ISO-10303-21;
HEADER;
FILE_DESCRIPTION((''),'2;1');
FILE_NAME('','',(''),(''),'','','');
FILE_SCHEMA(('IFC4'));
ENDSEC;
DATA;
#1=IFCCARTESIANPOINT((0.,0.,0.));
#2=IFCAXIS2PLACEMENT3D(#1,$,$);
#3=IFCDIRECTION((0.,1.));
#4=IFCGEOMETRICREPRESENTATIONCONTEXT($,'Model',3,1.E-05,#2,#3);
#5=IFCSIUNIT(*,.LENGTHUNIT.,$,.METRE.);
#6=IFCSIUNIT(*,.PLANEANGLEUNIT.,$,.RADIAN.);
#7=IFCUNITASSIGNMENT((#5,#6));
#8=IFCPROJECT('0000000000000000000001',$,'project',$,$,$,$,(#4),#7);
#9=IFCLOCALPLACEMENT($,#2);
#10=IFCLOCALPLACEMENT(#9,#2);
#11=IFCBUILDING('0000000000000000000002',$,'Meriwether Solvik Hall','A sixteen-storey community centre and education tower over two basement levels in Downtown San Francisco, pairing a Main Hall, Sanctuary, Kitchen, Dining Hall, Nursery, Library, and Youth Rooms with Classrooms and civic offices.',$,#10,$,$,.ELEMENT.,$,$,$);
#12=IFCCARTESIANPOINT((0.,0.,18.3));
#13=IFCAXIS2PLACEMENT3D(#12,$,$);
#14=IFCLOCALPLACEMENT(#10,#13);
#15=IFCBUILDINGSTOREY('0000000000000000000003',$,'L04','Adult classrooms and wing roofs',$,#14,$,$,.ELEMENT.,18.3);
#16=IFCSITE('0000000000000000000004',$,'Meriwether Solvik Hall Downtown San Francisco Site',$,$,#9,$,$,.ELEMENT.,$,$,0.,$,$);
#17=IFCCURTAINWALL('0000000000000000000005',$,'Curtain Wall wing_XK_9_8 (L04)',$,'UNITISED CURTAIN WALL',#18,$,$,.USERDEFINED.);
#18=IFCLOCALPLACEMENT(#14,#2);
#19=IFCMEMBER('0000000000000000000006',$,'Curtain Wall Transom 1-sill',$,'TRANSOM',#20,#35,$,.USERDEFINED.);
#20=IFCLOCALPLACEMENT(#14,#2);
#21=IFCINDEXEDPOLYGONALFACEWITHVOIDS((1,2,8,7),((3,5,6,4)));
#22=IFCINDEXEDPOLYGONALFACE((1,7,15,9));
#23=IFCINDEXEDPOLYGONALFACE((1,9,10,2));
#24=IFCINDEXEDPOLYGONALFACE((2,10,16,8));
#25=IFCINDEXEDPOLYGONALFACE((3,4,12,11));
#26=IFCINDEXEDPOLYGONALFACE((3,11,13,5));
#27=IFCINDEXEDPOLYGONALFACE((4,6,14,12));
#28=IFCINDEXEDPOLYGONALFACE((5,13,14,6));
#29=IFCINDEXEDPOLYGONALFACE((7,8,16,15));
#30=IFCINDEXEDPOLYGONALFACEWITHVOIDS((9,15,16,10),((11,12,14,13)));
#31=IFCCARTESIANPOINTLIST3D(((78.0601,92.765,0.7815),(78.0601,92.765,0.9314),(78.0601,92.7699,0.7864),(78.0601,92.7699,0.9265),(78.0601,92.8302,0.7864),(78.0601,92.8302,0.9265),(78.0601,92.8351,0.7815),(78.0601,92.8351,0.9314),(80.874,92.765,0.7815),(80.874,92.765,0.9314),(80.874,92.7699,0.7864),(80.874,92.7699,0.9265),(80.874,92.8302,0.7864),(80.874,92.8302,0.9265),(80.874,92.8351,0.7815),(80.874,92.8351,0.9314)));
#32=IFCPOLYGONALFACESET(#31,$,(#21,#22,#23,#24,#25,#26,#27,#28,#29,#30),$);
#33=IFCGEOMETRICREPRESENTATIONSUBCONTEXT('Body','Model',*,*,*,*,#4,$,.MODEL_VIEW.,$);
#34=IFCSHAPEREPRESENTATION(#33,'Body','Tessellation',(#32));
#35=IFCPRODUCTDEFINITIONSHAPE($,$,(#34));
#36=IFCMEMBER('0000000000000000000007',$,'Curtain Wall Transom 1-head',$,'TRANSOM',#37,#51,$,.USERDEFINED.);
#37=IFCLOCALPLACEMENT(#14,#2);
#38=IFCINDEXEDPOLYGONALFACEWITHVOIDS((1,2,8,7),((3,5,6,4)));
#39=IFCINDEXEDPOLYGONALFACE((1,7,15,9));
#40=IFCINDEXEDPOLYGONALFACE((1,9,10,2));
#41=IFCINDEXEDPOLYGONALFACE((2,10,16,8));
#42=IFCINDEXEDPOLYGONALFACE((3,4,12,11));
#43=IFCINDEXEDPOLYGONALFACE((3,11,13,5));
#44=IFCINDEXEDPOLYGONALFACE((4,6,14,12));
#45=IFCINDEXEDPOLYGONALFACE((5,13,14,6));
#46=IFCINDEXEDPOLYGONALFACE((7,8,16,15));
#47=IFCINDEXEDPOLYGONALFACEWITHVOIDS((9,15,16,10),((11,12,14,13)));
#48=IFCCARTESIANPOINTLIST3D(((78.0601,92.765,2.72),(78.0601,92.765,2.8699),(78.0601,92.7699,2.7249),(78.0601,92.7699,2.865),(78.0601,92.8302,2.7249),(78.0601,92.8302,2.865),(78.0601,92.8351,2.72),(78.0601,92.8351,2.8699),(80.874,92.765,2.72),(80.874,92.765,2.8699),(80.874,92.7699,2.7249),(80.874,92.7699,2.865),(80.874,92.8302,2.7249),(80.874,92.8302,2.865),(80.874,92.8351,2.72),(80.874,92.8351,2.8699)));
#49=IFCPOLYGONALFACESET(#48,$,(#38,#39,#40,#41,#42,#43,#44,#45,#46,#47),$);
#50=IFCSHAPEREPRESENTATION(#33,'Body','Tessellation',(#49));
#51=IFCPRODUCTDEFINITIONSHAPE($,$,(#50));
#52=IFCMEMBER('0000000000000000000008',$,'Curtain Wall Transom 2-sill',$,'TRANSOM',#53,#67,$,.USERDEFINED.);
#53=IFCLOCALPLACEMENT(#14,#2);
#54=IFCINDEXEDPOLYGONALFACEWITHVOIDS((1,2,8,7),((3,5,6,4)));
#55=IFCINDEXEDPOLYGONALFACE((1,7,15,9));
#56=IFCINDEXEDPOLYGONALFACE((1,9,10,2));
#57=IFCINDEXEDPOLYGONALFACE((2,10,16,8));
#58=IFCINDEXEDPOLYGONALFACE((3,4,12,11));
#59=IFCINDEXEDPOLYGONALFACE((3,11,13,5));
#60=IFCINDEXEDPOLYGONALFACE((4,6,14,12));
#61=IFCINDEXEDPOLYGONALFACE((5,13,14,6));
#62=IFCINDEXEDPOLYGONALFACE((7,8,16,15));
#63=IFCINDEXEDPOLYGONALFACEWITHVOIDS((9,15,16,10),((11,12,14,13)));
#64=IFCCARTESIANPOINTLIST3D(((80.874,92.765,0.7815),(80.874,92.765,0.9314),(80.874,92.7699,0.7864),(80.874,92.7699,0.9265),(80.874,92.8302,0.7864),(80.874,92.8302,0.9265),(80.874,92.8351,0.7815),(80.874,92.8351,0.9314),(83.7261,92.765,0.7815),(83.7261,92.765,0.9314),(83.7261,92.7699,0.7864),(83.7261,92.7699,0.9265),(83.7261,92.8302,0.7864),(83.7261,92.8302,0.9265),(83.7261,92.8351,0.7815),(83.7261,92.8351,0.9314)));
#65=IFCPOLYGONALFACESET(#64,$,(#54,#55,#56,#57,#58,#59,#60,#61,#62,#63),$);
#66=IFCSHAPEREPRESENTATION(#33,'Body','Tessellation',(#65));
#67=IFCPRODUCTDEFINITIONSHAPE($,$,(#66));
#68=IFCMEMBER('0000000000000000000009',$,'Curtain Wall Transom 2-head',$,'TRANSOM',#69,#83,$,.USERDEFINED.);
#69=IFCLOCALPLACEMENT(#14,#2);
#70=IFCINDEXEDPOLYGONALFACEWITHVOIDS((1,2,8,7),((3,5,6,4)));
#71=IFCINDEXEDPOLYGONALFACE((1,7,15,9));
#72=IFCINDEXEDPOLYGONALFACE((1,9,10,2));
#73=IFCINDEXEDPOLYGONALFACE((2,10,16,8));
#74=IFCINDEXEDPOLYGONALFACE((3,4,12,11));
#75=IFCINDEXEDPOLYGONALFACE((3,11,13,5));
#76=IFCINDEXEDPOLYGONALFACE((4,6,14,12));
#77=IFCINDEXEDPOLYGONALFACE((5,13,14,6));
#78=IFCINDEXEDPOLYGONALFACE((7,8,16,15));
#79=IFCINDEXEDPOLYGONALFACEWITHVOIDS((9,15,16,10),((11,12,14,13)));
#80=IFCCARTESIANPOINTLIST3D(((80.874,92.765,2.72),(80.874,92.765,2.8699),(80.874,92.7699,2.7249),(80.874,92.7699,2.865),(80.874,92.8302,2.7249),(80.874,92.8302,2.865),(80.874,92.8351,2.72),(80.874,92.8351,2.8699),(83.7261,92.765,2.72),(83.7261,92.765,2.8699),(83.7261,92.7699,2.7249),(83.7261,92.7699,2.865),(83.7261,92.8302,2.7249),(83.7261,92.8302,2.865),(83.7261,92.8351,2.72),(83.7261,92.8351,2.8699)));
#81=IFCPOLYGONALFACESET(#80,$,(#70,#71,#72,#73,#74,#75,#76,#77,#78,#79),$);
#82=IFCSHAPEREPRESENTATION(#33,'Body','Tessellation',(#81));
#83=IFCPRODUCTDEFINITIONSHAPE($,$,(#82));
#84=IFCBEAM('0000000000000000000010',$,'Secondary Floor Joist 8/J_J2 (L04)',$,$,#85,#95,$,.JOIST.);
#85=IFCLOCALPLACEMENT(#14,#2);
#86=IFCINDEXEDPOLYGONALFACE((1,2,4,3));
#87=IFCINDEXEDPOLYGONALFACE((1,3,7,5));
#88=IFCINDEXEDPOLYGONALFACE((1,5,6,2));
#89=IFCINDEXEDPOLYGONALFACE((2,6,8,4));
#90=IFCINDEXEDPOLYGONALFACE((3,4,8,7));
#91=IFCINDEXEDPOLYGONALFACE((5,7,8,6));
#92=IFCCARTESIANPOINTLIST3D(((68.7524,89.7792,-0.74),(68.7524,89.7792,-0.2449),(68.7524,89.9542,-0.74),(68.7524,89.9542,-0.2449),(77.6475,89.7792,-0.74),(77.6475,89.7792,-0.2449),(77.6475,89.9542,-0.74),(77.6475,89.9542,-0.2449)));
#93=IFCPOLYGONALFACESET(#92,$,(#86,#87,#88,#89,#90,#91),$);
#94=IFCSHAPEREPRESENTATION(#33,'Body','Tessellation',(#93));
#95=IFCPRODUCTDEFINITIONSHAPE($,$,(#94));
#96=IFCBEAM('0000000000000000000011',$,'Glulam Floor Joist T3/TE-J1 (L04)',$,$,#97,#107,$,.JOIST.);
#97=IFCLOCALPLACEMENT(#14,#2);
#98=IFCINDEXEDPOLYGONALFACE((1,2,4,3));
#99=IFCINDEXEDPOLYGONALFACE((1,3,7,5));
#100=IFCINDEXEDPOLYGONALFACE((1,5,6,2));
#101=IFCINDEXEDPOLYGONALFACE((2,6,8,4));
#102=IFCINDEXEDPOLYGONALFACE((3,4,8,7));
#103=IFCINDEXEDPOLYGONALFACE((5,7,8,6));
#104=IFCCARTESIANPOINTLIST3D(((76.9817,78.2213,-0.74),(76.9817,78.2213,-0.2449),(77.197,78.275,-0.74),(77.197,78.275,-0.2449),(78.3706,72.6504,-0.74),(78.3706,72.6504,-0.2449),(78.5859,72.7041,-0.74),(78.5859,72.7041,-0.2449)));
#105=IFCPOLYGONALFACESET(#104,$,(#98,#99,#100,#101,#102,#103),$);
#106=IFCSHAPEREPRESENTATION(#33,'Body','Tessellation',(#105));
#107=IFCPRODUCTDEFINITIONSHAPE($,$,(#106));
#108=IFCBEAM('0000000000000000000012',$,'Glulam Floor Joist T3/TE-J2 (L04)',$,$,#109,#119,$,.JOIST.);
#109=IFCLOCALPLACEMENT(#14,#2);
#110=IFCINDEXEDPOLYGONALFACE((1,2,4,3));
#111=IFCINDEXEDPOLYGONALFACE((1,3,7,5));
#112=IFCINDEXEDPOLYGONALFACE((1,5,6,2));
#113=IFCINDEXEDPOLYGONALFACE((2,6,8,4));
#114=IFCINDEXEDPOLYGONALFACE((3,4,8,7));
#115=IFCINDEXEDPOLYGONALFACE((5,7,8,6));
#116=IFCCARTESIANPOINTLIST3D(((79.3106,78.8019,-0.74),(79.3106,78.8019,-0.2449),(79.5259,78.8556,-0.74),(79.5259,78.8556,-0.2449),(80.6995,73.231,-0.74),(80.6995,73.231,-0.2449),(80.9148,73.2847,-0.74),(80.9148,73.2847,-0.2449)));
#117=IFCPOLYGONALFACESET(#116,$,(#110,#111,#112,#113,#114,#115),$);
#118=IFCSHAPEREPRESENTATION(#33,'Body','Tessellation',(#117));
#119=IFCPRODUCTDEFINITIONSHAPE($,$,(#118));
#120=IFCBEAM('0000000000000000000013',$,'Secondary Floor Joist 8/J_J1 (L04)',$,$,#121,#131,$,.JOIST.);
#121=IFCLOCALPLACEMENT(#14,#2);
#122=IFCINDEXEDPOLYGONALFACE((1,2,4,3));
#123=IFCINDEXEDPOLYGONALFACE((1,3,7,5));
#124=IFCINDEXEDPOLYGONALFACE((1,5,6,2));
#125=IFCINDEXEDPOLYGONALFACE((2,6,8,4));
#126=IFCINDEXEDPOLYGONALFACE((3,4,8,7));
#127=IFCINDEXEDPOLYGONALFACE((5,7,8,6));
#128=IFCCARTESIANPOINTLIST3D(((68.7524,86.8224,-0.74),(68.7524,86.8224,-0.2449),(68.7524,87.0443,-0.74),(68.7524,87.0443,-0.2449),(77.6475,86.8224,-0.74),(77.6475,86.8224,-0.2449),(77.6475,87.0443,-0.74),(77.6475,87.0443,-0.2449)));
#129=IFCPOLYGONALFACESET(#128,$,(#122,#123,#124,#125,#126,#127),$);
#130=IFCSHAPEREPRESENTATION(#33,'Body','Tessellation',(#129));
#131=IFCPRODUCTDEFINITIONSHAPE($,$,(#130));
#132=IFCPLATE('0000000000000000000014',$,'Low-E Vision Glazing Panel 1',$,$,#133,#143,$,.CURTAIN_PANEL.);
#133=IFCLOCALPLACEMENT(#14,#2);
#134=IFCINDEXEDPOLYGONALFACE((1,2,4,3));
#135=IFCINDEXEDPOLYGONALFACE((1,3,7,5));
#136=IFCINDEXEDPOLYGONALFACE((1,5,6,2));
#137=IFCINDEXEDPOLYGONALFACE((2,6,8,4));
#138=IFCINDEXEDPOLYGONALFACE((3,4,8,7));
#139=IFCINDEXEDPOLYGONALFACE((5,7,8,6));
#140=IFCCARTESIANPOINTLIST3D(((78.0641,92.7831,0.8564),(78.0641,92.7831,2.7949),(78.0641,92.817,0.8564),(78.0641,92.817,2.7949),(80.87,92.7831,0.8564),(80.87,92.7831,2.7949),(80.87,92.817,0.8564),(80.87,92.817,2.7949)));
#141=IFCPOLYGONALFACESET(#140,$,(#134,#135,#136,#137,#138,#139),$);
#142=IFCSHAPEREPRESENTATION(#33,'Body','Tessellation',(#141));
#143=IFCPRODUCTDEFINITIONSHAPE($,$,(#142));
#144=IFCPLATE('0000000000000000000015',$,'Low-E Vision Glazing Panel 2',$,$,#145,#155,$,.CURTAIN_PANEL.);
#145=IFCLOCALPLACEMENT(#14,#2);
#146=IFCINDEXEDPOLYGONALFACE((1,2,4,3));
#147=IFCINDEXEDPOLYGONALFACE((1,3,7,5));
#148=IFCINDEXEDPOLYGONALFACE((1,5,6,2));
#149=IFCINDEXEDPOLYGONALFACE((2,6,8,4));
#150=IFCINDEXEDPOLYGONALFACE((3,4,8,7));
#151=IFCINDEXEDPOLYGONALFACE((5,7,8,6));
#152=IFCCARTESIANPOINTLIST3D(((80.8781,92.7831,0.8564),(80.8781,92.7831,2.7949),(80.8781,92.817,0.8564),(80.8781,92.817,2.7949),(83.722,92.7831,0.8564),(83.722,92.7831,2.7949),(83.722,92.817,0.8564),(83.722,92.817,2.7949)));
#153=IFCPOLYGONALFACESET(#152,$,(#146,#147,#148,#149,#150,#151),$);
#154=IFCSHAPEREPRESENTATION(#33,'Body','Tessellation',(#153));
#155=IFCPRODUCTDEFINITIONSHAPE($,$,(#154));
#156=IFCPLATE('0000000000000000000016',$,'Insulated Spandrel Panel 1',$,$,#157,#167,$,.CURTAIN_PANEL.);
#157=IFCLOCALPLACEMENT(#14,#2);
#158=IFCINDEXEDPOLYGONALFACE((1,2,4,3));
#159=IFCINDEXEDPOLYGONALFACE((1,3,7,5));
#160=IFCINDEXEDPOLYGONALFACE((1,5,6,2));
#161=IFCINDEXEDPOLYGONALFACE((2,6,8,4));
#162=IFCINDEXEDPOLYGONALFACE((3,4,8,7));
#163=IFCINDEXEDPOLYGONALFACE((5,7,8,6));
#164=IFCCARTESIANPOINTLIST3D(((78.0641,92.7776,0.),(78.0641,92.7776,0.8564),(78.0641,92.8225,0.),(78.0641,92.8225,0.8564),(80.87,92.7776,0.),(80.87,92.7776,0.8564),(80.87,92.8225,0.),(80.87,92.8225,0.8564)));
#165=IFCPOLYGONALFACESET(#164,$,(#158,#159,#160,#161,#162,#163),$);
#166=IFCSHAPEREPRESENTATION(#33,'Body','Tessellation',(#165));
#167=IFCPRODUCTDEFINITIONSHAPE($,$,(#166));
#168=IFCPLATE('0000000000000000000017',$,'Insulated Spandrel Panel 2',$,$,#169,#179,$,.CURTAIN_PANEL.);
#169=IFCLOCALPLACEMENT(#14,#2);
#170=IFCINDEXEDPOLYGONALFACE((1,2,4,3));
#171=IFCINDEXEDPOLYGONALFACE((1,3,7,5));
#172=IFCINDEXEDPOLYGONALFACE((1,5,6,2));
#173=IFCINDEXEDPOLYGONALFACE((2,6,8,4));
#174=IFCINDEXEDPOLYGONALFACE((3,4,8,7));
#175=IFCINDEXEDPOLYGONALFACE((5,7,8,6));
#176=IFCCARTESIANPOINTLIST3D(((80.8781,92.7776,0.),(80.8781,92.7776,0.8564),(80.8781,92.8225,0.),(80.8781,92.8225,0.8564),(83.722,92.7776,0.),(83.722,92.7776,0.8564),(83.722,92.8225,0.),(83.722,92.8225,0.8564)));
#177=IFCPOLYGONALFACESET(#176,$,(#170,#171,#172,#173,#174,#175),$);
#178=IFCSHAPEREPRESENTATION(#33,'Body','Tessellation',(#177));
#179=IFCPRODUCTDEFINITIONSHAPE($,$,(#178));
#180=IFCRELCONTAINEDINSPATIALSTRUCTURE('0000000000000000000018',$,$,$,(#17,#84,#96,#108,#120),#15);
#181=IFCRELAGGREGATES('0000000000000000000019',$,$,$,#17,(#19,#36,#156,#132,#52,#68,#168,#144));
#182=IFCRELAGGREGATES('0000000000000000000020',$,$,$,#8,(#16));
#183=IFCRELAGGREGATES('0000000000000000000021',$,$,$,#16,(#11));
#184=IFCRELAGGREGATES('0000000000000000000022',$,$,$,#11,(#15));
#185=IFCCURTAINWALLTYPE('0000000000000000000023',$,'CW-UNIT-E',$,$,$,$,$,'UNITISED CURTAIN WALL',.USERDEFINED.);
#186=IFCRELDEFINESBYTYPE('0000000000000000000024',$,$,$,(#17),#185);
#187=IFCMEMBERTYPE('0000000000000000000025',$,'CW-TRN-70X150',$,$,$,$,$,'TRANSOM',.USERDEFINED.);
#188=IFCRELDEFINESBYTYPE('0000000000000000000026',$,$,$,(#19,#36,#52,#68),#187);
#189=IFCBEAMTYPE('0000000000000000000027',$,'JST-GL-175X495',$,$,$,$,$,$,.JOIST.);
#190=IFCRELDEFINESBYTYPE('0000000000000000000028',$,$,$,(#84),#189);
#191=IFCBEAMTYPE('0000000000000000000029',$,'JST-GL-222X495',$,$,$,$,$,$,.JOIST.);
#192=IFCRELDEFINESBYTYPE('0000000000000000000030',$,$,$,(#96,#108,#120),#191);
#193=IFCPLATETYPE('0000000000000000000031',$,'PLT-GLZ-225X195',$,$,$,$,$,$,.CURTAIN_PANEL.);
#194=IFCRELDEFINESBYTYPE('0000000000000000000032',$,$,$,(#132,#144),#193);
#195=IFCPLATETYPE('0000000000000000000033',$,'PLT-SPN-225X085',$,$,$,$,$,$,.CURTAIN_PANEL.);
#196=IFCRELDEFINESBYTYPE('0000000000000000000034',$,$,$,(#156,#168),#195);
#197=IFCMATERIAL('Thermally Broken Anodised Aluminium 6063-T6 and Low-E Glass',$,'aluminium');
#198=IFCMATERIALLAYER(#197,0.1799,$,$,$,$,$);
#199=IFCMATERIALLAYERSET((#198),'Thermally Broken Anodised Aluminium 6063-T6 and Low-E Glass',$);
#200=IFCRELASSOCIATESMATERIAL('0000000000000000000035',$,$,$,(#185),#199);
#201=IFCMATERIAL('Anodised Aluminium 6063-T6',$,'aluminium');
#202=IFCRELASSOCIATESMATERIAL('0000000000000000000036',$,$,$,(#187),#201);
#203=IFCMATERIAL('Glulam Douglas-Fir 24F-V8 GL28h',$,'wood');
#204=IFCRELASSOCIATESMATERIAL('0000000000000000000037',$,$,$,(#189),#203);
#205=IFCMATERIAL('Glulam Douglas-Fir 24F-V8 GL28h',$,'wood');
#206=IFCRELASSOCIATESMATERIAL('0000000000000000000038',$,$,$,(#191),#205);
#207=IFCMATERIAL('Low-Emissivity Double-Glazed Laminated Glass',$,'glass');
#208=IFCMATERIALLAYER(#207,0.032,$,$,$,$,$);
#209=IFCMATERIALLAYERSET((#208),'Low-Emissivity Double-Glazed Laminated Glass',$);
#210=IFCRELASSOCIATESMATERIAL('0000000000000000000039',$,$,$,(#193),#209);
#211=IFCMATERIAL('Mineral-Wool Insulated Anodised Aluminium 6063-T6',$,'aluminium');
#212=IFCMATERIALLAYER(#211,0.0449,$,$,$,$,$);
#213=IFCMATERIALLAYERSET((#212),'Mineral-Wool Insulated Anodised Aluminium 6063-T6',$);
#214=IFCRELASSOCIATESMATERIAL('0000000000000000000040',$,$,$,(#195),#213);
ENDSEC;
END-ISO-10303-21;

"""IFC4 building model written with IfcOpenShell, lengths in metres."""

from ifc_helpers import new_model, si_unit, direction, frame, origin, origin_2d, place, context, subcontext, project, spatial, rectangle, hollow_rectangle, extrude, material, layer, layer_set, material_profile, profile_set, type_object, element, aggregate, save


model = new_model("IFC4")

# Units and contexts
model_context = context("Model", 3, precision=1e-05, world=origin(), true_north=direction((0.0, 1.0)))
body_context = subcontext(model_context, "Body", "Model", "MODEL_VIEW")
ifc_project = project(units=[si_unit("LENGTHUNIT", "METRE"), si_unit("PLANEANGLEUNIT", "RADIAN")], contexts=[model_context])

# Site, building, storey
site_placement = place(None, origin())
site = spatial("IfcSite", under=ifc_project, at=site_placement, Name="Meriwether Solvik Hall Downtown San Francisco Site", CompositionType="ELEMENT", RefElevation=0.0)
building_placement = place(site_placement, origin())
building = spatial("IfcBuilding", under=site, at=building_placement, Name="Meriwether Solvik Hall", Description="A sixteen-storey community centre and education tower over two basement levels in Downtown San Francisco, pairing a Main Hall, Sanctuary, Kitchen, Dining Hall, Nursery, Library, and Youth Rooms with Classrooms and civic offices.", CompositionType="ELEMENT")
storey_placement = place(building_placement, frame((0.0, 0.0, 18.3)))
storey = spatial("IfcBuildingStorey", under=building, at=storey_placement, Name="L04", Description="Adult classrooms and wing roofs", CompositionType="ELEMENT", Elevation=18.3)

# Curtain wall, members
ifc_material_1 = material(Name="Thermally Broken Anodised Aluminium 6063-T6 and Low-E Glass", Category="aluminium")
ifc_layer_1 = layer(ifc_material_1, 0.1799)
ifc_layer_set_1 = layer_set([ifc_layer_1], Name="Thermally Broken Anodised Aluminium 6063-T6 and Low-E Glass")
curtain_wall_type = type_object("IfcCurtainWallType", Name="CW-UNIT-E", ElementType="UNITISED CURTAIN WALL", PredefinedType="USERDEFINED", material=ifc_layer_set_1)
curtain_wall_placement = place(storey_placement, origin())
curtain_wall = element("IfcCurtainWall", 1, at=curtain_wall_placement, inside=storey, type_object=curtain_wall_type, Name="Curtain Wall wing_XK_9_8 (L04)", ObjectType="UNITISED CURTAIN WALL", PredefinedType="USERDEFINED")
ifc_material_2 = material(Name="Anodised Aluminium 6063-T6", Category="aluminium")
ifc_material_profile_1 = material_profile(ifc_material_2, hollow_rectangle(XDim=0.0701, YDim=0.1499, WallThickness=0.0049, at=origin_2d()), Name="CWT-70X150")
ifc_profile_set_1 = profile_set([ifc_material_profile_1], Name="Anodised Aluminium 6063-T6")
member_type_1 = type_object("IfcMemberType", Name="CW-TRN-70X150", ElementType="TRANSOM", PredefinedType="USERDEFINED", material=ifc_profile_set_1)
member_1_placement = place(storey_placement, frame((78.0601, 92.8, 0.8564), z_axis=(1.0, 0.0, 0.0), x_axis=(0.0, 1.0, 0.0)))
member_1 = element("IfcMember", 2, at=member_1_placement, type_object=member_type_1, Name="Curtain Wall Transom 1-sill", ObjectType="TRANSOM", PredefinedType="USERDEFINED", context=body_context, shape_type="SweptSolid", body=[
    extrude(hollow_rectangle(XDim=0.0701, YDim=0.1499, WallThickness=0.0049, at=origin_2d()), origin(), (0.0, 0.0, 1.0), 2.814),
])
member_2_placement = place(storey_placement, frame((78.0601, 92.8, 2.7949), z_axis=(1.0, 0.0, 0.0), x_axis=(0.0, 1.0, 0.0)))
member_2 = element("IfcMember", 3, at=member_2_placement, type_object=member_type_1, Name="Curtain Wall Transom 1-head", ObjectType="TRANSOM", PredefinedType="USERDEFINED", context=body_context, shape_type="SweptSolid", body=[
    extrude(hollow_rectangle(XDim=0.0701, YDim=0.1499, WallThickness=0.0049, at=origin_2d()), origin(), (0.0, 0.0, 1.0), 2.814),
])
member_3_placement = place(storey_placement, frame((80.874, 92.8, 0.8564), z_axis=(1.0, 0.0, 0.0), x_axis=(0.0, 1.0, 0.0)))
member_3 = element("IfcMember", 4, at=member_3_placement, type_object=member_type_1, Name="Curtain Wall Transom 2-sill", ObjectType="TRANSOM", PredefinedType="USERDEFINED", context=body_context, shape_type="SweptSolid", body=[
    extrude(hollow_rectangle(XDim=0.0701, YDim=0.1499, WallThickness=0.0049, at=origin_2d()), origin(), (0.0, 0.0, 1.0), 2.8521),
])
member_4_placement = place(storey_placement, frame((80.874, 92.8, 2.7949), z_axis=(1.0, 0.0, 0.0), x_axis=(0.0, 1.0, 0.0)))
member_4 = element("IfcMember", 5, at=member_4_placement, type_object=member_type_1, Name="Curtain Wall Transom 2-head", ObjectType="TRANSOM", PredefinedType="USERDEFINED", context=body_context, shape_type="SweptSolid", body=[
    extrude(hollow_rectangle(XDim=0.0701, YDim=0.1499, WallThickness=0.0049, at=origin_2d()), origin(), (0.0, 0.0, 1.0), 2.8521),
])

# Beams
ifc_material_3 = material(Name="Glulam Douglas-Fir 24F-V8 GL28h", Category="wood")
ifc_material_profile_2 = material_profile(ifc_material_3, rectangle(XDim=0.175, YDim=0.4951, at=origin_2d()), Name="GLJ-175X495")
ifc_profile_set_2 = profile_set([ifc_material_profile_2], Name="Glulam Douglas-Fir 24F-V8 GL28h")
beam_type_1 = type_object("IfcBeamType", Name="JST-GL-175X495", PredefinedType="JOIST", material=ifc_profile_set_2)
beam_1_placement = place(storey_placement, frame((68.7524, 89.8667, -0.4924), z_axis=(1.0, 0.0, 0.0), x_axis=(0.0, 1.0, 0.0)))
element("IfcBeam", 6, at=beam_1_placement, inside=storey, type_object=beam_type_1, Name="Secondary Floor Joist 8/J_J2 (L04)", PredefinedType="JOIST", context=body_context, shape_type="SweptSolid", body=[
    extrude(rectangle(XDim=0.175, YDim=0.4951, at=origin_2d()), origin(), (0.0, 0.0, 1.0), 8.895),
])
ifc_material_4 = material(Name="Glulam Douglas-Fir 24F-V8 GL28h", Category="wood")
ifc_material_profile_3 = material_profile(ifc_material_4, rectangle(XDim=0.2219, YDim=0.4951, at=origin_2d()), Name="GLJ-222X495")
ifc_profile_set_3 = profile_set([ifc_material_profile_3], Name="Glulam Douglas-Fir 24F-V8 GL28h")
beam_type_2 = type_object("IfcBeamType", Name="JST-GL-222X495", PredefinedType="JOIST", material=ifc_profile_set_3)
for number, where, z_axis, x_axis, name in (
    (7, (78.4783, 72.6772, -0.4924), (-0.241905, 0.9703, 0.0), (-0.9703, -0.241905, 0.0), "Glulam Floor Joist T3/TE-J1 (L04)"),
    (8, (80.8071, 73.2578, -0.4924), (-0.241905, 0.9703, 0.0), (-0.9703, -0.241905, 0.0), "Glulam Floor Joist T3/TE-J2 (L04)"),
):
    element("IfcBeam", number, at=place(storey_placement, frame(where, z_axis=z_axis, x_axis=x_axis)), inside=storey, type_object=beam_type_2, Name=name, PredefinedType="JOIST", context=body_context, shape_type="SweptSolid", body=[
        extrude(rectangle(XDim=0.2219, YDim=0.4951, at=origin_2d()), origin(), (0.0, 0.0, 1.0), 5.7415),
    ])
beam_2_placement = place(storey_placement, frame((68.7524, 86.9333, -0.4924), z_axis=(1.0, 0.0, 0.0), x_axis=(0.0, 1.0, 0.0)))
element("IfcBeam", 9, at=beam_2_placement, inside=storey, type_object=beam_type_2, Name="Secondary Floor Joist 8/J_J1 (L04)", PredefinedType="JOIST", context=body_context, shape_type="SweptSolid", body=[
    extrude(rectangle(XDim=0.2219, YDim=0.4951, at=origin_2d()), origin(), (0.0, 0.0, 1.0), 8.895),
])

# Plates
ifc_material_5 = material(Name="Low-Emissivity Double-Glazed Laminated Glass", Category="glass")
ifc_layer_2 = layer(ifc_material_5, 0.032)
ifc_layer_set_2 = layer_set([ifc_layer_2], Name="Low-Emissivity Double-Glazed Laminated Glass")
plate_type_1 = type_object("IfcPlateType", Name="PLT-GLZ-225X195", PredefinedType="CURTAIN_PANEL", material=ifc_layer_set_2)
plate_1_placement = place(storey_placement, frame((79.467, 92.8, 0.8564), z_axis=(0.0, 0.0, 1.0), x_axis=(1.0, 0.0, 0.0)))
plate_1 = element("IfcPlate", 10, at=plate_1_placement, type_object=plate_type_1, Name="Low-E Vision Glazing Panel 1", PredefinedType="CURTAIN_PANEL", context=body_context, shape_type="SweptSolid", body=[
    extrude(rectangle(XDim=2.8059, YDim=0.0339, at=origin_2d()), origin(), (0.0, 0.0, 1.0), 1.9385),
])
plate_2_placement = place(storey_placement, frame((82.3, 92.8, 0.8564), z_axis=(0.0, 0.0, 1.0), x_axis=(1.0, 0.0, 0.0)))
plate_2 = element("IfcPlate", 11, at=plate_2_placement, type_object=plate_type_1, Name="Low-E Vision Glazing Panel 2", PredefinedType="CURTAIN_PANEL", context=body_context, shape_type="SweptSolid", body=[
    extrude(rectangle(XDim=2.844, YDim=0.0339, at=origin_2d()), origin(), (0.0, 0.0, 1.0), 1.9385),
])
ifc_material_6 = material(Name="Mineral-Wool Insulated Anodised Aluminium 6063-T6", Category="aluminium")
ifc_layer_3 = layer(ifc_material_6, 0.0449)
ifc_layer_set_3 = layer_set([ifc_layer_3], Name="Mineral-Wool Insulated Anodised Aluminium 6063-T6")
plate_type_2 = type_object("IfcPlateType", Name="PLT-SPN-225X085", PredefinedType="CURTAIN_PANEL", material=ifc_layer_set_3)
plate_3_placement = place(storey_placement, frame((79.467, 92.8, 0.0), z_axis=(0.0, 0.0, 1.0), x_axis=(1.0, 0.0, 0.0)))
plate_3 = element("IfcPlate", 12, at=plate_3_placement, type_object=plate_type_2, Name="Insulated Spandrel Panel 1", PredefinedType="CURTAIN_PANEL", context=body_context, shape_type="SweptSolid", body=[
    extrude(rectangle(XDim=2.8059, YDim=0.0449, at=origin_2d()), origin(), (0.0, 0.0, 1.0), 0.8564),
])
plate_4_placement = place(storey_placement, frame((82.3, 92.8, 0.0), z_axis=(0.0, 0.0, 1.0), x_axis=(1.0, 0.0, 0.0)))
plate_4 = element("IfcPlate", 13, at=plate_4_placement, type_object=plate_type_2, Name="Insulated Spandrel Panel 2", PredefinedType="CURTAIN_PANEL", context=body_context, shape_type="SweptSolid", body=[
    extrude(rectangle(XDim=2.844, YDim=0.0449, at=origin_2d()), origin(), (0.0, 0.0, 1.0), 0.8564),
])
aggregate(curtain_wall, [member_1, member_2, plate_3, plate_1, member_3, member_4, plate_4, plate_2])

save(model, "model.ifc")
